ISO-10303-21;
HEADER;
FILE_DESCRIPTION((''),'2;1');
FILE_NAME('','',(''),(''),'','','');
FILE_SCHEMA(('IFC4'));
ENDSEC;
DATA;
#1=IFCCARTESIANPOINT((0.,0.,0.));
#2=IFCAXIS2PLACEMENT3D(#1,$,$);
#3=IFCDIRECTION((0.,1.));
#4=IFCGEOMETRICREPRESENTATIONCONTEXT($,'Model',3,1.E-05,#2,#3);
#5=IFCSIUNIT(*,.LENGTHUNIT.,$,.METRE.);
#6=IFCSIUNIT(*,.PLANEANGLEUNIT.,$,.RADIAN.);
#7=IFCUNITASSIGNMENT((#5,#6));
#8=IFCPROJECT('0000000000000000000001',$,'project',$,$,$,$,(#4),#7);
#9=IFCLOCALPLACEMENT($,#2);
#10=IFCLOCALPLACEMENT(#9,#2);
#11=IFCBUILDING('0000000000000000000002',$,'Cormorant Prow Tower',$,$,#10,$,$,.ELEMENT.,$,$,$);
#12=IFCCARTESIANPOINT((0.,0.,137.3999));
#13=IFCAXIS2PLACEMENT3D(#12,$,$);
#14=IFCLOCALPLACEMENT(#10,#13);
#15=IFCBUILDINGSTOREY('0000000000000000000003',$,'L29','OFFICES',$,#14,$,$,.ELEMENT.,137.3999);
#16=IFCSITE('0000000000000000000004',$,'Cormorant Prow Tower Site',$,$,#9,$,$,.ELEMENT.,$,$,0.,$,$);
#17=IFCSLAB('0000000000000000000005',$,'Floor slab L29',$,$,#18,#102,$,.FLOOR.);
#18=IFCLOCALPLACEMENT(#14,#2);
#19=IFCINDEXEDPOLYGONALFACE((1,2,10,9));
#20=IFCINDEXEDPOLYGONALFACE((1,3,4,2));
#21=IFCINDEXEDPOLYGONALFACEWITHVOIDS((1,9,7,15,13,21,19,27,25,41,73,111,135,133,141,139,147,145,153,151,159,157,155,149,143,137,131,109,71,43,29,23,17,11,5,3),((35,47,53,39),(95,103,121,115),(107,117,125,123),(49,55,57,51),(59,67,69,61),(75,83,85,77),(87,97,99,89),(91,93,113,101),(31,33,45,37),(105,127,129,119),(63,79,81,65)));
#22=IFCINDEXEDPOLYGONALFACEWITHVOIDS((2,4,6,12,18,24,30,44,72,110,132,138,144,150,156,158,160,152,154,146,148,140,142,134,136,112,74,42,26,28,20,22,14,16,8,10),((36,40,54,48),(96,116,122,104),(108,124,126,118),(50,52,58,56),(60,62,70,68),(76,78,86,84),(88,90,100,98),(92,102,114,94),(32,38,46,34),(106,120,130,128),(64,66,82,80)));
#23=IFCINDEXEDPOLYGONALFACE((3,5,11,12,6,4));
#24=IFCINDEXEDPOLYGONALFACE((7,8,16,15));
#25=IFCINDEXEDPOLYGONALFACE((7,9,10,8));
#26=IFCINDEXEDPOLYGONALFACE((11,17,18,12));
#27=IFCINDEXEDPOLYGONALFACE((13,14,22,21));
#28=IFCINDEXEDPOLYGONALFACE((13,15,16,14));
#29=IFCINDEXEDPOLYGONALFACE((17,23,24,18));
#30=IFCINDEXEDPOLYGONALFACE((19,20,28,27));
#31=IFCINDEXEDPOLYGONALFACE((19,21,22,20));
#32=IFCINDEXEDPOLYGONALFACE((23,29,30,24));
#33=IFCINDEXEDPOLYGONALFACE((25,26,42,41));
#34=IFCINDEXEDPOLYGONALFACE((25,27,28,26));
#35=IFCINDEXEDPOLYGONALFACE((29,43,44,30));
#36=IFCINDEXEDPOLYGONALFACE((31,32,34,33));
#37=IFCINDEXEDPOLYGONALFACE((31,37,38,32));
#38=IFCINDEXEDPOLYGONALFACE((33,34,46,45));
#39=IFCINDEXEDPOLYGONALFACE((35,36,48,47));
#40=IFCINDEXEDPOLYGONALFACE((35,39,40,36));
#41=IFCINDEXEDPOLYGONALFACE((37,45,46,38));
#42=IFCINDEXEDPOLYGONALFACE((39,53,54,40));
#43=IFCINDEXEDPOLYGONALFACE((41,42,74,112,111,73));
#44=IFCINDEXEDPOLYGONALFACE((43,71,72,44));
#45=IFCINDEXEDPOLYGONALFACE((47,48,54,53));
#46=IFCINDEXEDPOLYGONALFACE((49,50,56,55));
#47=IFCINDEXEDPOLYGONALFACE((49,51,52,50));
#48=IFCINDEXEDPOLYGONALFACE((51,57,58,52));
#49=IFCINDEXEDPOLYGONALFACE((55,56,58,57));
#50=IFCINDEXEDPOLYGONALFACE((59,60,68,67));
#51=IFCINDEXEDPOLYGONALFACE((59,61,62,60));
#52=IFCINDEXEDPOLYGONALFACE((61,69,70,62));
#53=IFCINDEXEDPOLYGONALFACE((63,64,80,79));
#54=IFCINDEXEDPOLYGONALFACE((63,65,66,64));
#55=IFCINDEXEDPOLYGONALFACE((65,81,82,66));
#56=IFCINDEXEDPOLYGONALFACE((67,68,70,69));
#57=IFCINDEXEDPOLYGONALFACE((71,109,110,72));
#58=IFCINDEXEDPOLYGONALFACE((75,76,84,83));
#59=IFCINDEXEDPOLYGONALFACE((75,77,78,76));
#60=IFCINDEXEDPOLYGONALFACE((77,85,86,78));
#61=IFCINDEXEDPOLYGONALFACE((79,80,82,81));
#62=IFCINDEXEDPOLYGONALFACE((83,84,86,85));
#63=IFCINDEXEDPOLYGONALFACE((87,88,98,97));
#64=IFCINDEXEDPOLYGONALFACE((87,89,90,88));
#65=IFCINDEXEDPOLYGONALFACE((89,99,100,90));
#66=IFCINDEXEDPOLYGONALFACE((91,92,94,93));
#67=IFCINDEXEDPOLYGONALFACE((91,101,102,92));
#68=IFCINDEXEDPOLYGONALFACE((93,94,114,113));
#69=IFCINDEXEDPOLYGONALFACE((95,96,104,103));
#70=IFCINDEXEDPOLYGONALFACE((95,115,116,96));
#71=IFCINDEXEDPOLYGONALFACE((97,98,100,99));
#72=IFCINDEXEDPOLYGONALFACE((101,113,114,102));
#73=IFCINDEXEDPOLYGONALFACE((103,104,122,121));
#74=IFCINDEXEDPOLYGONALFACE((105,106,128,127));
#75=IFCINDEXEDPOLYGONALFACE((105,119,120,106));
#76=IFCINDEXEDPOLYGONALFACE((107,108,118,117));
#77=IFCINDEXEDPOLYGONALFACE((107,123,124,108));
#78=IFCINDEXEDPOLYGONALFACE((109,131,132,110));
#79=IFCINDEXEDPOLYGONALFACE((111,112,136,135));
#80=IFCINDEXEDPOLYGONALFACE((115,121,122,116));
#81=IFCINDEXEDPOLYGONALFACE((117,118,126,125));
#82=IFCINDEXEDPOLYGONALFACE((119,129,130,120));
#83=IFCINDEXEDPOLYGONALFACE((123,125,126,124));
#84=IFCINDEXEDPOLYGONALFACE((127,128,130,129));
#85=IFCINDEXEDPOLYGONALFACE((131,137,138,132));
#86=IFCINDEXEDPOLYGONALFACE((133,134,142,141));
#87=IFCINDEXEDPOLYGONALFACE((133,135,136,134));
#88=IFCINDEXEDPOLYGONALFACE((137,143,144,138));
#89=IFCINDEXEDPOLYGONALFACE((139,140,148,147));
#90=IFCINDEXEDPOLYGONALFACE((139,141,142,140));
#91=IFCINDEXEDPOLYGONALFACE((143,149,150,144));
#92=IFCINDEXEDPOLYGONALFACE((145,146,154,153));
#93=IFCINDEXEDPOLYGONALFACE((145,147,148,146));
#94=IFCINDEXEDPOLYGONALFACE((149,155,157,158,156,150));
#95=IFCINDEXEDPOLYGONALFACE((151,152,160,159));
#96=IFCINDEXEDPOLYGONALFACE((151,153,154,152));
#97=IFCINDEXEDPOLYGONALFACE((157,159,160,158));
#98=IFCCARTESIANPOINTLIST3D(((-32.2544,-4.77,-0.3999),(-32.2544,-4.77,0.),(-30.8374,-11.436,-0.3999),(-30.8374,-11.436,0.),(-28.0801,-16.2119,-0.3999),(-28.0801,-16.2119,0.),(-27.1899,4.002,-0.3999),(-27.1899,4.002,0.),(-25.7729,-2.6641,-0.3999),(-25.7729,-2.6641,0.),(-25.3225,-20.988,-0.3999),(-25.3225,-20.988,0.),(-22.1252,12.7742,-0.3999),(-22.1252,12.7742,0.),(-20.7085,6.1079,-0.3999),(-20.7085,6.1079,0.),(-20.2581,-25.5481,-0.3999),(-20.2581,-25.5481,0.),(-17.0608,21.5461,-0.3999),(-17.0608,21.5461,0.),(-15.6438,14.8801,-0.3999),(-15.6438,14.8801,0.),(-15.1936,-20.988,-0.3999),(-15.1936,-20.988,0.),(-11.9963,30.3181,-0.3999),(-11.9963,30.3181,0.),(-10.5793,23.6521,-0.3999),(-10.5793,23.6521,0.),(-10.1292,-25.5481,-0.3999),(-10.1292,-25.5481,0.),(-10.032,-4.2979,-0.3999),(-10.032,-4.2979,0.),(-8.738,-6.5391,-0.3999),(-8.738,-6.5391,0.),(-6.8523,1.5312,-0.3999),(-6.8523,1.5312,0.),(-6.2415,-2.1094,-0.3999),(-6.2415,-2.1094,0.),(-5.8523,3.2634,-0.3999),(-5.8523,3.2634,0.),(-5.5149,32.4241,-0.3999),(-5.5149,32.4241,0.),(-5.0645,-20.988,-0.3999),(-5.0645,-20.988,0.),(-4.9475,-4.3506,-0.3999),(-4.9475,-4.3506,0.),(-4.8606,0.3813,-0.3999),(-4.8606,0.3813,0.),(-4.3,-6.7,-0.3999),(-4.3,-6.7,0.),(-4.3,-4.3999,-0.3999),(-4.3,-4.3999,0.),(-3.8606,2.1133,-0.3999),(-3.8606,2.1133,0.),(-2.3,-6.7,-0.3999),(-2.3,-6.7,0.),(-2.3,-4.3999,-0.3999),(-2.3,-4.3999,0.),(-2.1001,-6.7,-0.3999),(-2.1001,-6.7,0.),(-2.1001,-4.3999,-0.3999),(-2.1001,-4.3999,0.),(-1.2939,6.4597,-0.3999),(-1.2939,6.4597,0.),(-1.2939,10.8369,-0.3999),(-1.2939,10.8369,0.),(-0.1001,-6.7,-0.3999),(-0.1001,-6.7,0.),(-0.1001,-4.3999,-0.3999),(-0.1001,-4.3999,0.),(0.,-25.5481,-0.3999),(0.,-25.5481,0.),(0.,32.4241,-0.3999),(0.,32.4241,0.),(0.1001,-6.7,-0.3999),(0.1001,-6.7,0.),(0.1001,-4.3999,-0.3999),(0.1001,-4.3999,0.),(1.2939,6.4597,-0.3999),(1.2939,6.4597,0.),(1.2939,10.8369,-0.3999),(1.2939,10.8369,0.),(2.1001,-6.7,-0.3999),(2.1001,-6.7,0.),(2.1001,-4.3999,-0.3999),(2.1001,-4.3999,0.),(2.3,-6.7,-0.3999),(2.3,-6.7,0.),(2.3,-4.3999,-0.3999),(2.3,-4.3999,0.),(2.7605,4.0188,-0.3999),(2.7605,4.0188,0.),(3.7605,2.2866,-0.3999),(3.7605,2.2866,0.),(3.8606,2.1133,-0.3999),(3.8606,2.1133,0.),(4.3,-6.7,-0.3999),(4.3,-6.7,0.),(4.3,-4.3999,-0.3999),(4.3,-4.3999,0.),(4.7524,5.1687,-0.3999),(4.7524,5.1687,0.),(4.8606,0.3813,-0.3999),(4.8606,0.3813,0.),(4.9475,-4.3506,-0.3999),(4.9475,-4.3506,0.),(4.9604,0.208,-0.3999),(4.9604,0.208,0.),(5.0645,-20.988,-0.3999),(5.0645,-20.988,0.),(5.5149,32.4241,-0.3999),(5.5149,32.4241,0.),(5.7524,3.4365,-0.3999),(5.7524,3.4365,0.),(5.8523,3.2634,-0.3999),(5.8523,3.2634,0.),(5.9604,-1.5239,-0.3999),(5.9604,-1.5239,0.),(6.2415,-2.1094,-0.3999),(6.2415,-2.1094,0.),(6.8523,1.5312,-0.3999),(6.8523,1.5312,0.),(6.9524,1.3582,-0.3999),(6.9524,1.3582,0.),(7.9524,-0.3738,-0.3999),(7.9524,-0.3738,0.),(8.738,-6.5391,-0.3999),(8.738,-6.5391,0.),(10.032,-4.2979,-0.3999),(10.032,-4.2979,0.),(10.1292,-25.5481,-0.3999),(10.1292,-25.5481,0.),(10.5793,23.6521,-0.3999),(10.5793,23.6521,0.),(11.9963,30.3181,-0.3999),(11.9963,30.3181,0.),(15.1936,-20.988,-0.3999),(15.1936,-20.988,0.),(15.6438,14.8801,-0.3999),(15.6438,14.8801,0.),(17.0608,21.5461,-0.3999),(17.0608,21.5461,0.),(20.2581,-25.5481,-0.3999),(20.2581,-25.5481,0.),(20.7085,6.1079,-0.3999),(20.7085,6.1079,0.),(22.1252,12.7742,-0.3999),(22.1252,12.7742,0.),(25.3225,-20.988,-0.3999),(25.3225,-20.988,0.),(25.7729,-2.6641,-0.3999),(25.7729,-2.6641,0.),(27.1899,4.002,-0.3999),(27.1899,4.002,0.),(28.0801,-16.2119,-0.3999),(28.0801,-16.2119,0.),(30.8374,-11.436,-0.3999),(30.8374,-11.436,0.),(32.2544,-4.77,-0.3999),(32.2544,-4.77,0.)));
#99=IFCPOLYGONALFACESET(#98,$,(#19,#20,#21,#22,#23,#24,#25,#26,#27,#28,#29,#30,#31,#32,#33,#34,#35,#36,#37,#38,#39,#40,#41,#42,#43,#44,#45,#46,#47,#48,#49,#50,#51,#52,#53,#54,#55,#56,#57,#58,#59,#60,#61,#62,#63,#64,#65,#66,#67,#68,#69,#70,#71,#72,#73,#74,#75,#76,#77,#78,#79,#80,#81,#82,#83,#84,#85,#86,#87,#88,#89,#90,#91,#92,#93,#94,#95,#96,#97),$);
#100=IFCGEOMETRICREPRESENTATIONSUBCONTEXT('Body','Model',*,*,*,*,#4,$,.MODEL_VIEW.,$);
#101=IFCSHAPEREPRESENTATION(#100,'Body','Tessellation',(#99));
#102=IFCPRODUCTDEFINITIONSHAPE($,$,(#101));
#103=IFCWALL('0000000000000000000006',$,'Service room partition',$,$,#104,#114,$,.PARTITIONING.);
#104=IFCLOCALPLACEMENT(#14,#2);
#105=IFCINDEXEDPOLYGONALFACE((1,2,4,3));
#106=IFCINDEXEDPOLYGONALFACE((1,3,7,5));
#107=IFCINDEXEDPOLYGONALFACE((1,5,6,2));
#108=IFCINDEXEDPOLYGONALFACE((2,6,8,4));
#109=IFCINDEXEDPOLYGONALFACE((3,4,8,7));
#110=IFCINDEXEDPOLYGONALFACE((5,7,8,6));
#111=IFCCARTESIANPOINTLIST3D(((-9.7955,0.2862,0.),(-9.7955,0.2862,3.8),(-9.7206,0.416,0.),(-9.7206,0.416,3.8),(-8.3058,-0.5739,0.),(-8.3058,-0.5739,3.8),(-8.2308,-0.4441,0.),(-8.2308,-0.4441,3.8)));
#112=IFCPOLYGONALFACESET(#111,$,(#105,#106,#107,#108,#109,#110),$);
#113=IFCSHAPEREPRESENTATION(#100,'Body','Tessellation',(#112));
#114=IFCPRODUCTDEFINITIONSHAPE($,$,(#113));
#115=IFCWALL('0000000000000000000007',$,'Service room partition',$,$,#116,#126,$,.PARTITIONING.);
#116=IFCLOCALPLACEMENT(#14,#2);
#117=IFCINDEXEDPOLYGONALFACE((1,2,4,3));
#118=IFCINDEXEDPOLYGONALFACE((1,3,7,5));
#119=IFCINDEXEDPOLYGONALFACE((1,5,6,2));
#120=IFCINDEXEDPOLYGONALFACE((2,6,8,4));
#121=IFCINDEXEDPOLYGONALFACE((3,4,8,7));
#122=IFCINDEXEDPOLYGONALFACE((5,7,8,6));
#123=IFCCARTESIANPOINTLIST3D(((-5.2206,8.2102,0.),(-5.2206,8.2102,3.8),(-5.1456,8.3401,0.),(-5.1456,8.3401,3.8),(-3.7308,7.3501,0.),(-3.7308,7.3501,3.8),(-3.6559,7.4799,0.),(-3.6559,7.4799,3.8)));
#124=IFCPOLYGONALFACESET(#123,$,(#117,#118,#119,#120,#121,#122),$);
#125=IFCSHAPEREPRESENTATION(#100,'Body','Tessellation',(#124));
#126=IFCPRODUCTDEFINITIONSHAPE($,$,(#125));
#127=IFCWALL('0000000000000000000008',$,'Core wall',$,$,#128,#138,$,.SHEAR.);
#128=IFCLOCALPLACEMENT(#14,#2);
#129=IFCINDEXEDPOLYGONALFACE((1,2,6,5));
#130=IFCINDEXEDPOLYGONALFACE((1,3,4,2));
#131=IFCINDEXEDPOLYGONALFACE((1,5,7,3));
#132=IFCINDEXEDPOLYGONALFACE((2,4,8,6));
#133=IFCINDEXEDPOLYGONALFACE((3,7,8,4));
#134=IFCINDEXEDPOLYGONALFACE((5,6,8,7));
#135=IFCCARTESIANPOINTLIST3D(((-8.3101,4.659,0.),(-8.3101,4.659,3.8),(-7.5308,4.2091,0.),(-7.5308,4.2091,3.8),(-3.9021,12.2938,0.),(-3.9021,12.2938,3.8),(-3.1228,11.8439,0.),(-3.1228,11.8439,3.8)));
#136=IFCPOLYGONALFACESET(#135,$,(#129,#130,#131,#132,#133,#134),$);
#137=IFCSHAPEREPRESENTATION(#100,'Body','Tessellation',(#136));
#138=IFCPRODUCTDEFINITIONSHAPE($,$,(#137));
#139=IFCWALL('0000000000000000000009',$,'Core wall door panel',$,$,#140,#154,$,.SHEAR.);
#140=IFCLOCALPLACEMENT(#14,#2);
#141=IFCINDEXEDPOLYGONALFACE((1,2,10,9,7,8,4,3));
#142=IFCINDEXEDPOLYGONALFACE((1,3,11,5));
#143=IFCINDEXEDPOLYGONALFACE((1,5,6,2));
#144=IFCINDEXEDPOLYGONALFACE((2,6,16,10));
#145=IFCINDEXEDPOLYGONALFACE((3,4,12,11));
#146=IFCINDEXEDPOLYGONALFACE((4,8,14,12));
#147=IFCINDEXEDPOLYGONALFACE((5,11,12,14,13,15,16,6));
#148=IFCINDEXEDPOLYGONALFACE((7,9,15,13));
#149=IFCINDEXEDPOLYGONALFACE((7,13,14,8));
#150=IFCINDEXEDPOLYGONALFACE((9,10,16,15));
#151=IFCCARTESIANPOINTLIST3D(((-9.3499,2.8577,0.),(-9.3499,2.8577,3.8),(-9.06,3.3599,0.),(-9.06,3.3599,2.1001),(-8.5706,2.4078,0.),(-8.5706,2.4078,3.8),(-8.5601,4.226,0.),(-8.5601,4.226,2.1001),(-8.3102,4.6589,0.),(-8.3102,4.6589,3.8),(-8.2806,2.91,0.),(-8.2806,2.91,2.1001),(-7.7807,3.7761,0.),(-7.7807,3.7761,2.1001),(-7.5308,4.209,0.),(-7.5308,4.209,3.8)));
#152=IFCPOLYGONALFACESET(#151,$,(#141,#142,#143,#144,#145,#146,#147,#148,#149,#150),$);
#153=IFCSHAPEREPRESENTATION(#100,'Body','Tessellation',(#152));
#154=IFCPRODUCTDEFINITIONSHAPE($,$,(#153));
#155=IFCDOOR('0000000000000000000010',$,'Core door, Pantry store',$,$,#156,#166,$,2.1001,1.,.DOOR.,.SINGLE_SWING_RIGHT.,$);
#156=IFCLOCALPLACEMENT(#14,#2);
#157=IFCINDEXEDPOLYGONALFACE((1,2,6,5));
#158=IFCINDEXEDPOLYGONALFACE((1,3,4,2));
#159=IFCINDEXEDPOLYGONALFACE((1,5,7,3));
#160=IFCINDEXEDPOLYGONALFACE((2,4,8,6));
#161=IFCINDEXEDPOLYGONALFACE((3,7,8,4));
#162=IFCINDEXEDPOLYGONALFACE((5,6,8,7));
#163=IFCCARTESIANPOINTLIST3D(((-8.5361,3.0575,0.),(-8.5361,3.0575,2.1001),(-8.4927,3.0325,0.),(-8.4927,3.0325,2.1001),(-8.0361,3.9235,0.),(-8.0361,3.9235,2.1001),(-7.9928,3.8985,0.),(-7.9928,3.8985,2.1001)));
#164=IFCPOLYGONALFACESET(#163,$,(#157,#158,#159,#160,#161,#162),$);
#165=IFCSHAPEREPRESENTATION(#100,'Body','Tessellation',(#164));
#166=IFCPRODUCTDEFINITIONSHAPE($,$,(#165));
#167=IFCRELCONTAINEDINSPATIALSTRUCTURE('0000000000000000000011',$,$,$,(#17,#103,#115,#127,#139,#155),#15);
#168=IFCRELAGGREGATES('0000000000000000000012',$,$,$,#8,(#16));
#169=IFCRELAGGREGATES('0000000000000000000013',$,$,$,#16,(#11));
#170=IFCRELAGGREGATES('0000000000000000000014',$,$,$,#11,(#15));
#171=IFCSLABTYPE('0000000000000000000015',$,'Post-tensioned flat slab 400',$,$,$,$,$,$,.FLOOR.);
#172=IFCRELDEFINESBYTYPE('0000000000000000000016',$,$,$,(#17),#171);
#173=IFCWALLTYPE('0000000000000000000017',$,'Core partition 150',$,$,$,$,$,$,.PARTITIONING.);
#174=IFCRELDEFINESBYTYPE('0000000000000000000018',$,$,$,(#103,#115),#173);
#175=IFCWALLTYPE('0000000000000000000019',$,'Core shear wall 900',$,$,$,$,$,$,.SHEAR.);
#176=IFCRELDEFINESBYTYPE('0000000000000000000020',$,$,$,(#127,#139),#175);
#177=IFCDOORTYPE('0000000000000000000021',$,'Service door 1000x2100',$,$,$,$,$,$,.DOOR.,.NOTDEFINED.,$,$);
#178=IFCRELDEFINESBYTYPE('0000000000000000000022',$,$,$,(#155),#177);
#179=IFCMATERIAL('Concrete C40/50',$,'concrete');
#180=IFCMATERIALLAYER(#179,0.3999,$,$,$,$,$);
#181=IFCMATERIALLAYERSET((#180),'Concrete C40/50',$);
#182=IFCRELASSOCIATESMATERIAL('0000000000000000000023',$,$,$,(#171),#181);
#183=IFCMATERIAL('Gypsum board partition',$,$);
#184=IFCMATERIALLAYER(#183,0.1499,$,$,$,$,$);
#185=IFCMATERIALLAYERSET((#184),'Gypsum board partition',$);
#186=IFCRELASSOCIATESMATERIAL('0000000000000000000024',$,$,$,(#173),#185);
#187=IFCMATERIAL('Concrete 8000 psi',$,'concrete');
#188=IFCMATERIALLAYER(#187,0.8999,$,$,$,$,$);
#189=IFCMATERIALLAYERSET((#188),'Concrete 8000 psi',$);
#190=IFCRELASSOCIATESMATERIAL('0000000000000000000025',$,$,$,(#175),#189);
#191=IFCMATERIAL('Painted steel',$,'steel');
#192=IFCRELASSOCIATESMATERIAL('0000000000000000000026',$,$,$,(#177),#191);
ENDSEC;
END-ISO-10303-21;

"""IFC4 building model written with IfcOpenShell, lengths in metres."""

from ifc_helpers import new_model, si_unit, direction, frame, frame_2d, origin, place, context, subcontext, project, spatial, polyline, rectangle, outline, extrude, material, layer, layer_set, type_object, element, fill, save


model = new_model("IFC4")

# Units and contexts
model_context = context("Model", 3, precision=1e-05, world=origin(), true_north=direction((0.0, 1.0)))
body_context = subcontext(model_context, "Body", "Model", "MODEL_VIEW")
ifc_project = project(units=[si_unit("LENGTHUNIT", "METRE"), si_unit("PLANEANGLEUNIT", "RADIAN")], contexts=[model_context])

# Site, building, storey
site_placement = place(None, origin())
site = spatial("IfcSite", under=ifc_project, at=site_placement, Name="Cormorant Prow Tower Site", CompositionType="ELEMENT", RefElevation=0.0)
building_placement = place(site_placement, origin())
building = spatial("IfcBuilding", under=site, at=building_placement, Name="Cormorant Prow Tower", CompositionType="ELEMENT")
storey_placement = place(building_placement, frame((0.0, 0.0, 137.3999)))
storey = spatial("IfcBuildingStorey", under=building, at=storey_placement, Name="L29", Description="OFFICES", CompositionType="ELEMENT", Elevation=137.3999)

# Slab
ifc_material_1 = material(Name="Concrete C40/50", Category="concrete")
ifc_layer_1 = layer(ifc_material_1, 0.3999)
ifc_layer_set_1 = layer_set([ifc_layer_1], Name="Concrete C40/50")
slab_type_1 = type_object("IfcSlabType", Name="Post-tensioned flat slab 400", PredefinedType="FLOOR", material=ifc_layer_set_1)
slab_1_placement = place(storey_placement, frame((0.0, 0.0, -0.3999)))
element("IfcSlab", 1, at=slab_1_placement, inside=storey, type_object=slab_type_1, Name="Floor slab L29", PredefinedType="FLOOR", context=body_context, shape_type="SweptSolid", body=[
    extrude(outline(polyline([(-11.9963, 30.3181), (-10.5793, 23.6521), (-17.0608, 21.5461), (-15.6438, 14.8801), (-22.1252, 12.7742), (-20.7085, 6.1079), (-27.1899, 4.002), (-25.7729, -2.6641), (-32.2544, -4.77), (-30.8374, -11.436), (-28.0801, -16.2119), (-25.3225, -20.988), (-20.2581, -25.5481), (-15.1936, -20.988), (-10.1292, -25.5481), (-5.0645, -20.988), (0.0, -25.5481), (5.0645, -20.988), (10.1292, -25.5481), (15.1936, -20.988), (20.2581, -25.5481), (25.3225, -20.988), (28.0801, -16.2119), (30.8374, -11.436), (32.2544, -4.77), (25.7729, -2.6641), (27.1899, 4.002), (20.7085, 6.1079), (22.1252, 12.7742), (15.6438, 14.8801), (17.0608, 21.5461), (10.5793, 23.6521), (11.9963, 30.3181), (5.5149, 32.4241), (0.0, 32.4241), (-5.5149, 32.4241), (-11.9963, 30.3181)]), holes=[polyline([(-4.3, -6.7), (-4.3, -4.3999), (-2.3, -4.3999), (-2.3, -6.7), (-4.3, -6.7)]), polyline([(-2.1001, -4.3999), (-0.1001, -4.3999), (-0.1001, -6.7), (-2.1001, -6.7), (-2.1001, -4.3999)]), polyline([(2.1001, -4.3999), (2.1001, -6.7), (0.1001, -6.7), (0.1001, -4.3999), (2.1001, -4.3999)]), polyline([(4.3, -6.7), (2.3, -6.7), (2.3, -4.3999), (4.3, -4.3999), (4.3, -6.7)]), polyline([(7.9524, -0.3738), (5.9604, -1.5239), (4.9604, 0.208), (6.9524, 1.3582), (7.9524, -0.3738)]), polyline([(4.8606, 0.3813), (3.8606, 2.1133), (5.8523, 3.2634), (6.8523, 1.5312), (4.8606, 0.3813)]), polyline([(2.7605, 4.0188), (4.7524, 5.1687), (5.7524, 3.4365), (3.7605, 2.2866), (2.7605, 4.0188)]), polyline([(-6.8523, 1.5312), (-5.8523, 3.2634), (-3.8606, 2.1133), (-4.8606, 0.3813), (-6.8523, 1.5312)]), polyline([(-4.9475, -4.3506), (-8.738, -6.5391), (-10.032, -4.2979), (-6.2415, -2.1094), (-4.9475, -4.3506)]), polyline([(10.032, -4.2979), (8.738, -6.5391), (4.9475, -4.3506), (6.2415, -2.1094), (10.032, -4.2979)]), polyline([(1.2939, 10.8369), (1.2939, 6.4597), (-1.2939, 6.4597), (-1.2939, 10.8369), (1.2939, 10.8369)])]), origin(), (0.0, 0.0, 1.0), 0.3999),
])

# Walls
ifc_material_2 = material(Name="Gypsum board partition")
ifc_layer_2 = layer(ifc_material_2, 0.1499)
ifc_layer_set_2 = layer_set([ifc_layer_2], Name="Gypsum board partition")
wall_type_1 = type_object("IfcWallType", Name="Core partition 150", PredefinedType="PARTITIONING", material=ifc_layer_set_2)
for number, where, z_axis, x_axis, name in (
    (2, (-8.2683, -0.509, 0.0), (0.0, 0.0, 1.0), (-0.866025, 0.500001, 0.0), "Service room partition"),
    (3, (-3.6934, 7.415, 0.0), (0.0, 0.0, 1.0), (-0.866025, 0.500001, 0.0), "Service room partition"),
):
    element("IfcWall", number, at=place(storey_placement, frame(where, z_axis=z_axis, x_axis=x_axis)), inside=storey, type_object=wall_type_1, Name=name, PredefinedType="PARTITIONING", context=body_context, shape_type="SweptSolid", body=[
        extrude(rectangle(XDim=1.7202, YDim=0.1499, at=frame_2d((0.8601, 0.0))), origin(), (0.0, 0.0, 1.0), 3.8),
    ])
ifc_material_3 = material(Name="Concrete 8000 psi", Category="concrete")
ifc_layer_3 = layer(ifc_material_3, 0.8999)
ifc_layer_set_3 = layer_set([ifc_layer_3], Name="Concrete 8000 psi")
wall_type_2 = type_object("IfcWallType", Name="Core shear wall 900", PredefinedType="SHEAR", material=ifc_layer_set_3)
wall_1_placement = place(storey_placement, frame((-3.5125, 12.0688, 0.0), z_axis=(0.0, 0.0, 1.0), x_axis=(-0.500002, -0.866024, 0.0)))
element("IfcWall", 4, at=wall_1_placement, inside=storey, type_object=wall_type_2, Name="Core wall", PredefinedType="SHEAR", context=body_context, shape_type="SweptSolid", body=[
    extrude(rectangle(XDim=8.8159, YDim=0.8999, at=frame_2d((4.408, 0.0))), origin(), (0.0, 0.0, 1.0), 3.8),
])

# Wall, opening, door
wall_2_placement = place(storey_placement, frame((-7.9204, 4.4341, 0.0), z_axis=(0.0, 0.0, 1.0), x_axis=(-0.499939, -0.86606, 0.0)))
wall_2 = element("IfcWall", 5, at=wall_2_placement, inside=storey, type_object=wall_type_2, Name="Core wall door panel", PredefinedType="SHEAR", context=body_context, shape_type="SweptSolid", body=[
    extrude(rectangle(XDim=2.0798, YDim=0.8999, at=frame_2d((1.04, 0.0))), origin(), (0.0, 0.0, 1.0), 3.8),
])
opening_1_placement = place(wall_2_placement, frame((0.5, 0.0, 0.0)))
opening_1 = element("IfcOpeningElement", 6, at=opening_1_placement, cuts=wall_2, PredefinedType="OPENING", context=body_context, shape_type="SweptSolid", body=[
    extrude(rectangle(XDim=1.0, YDim=2.1001, at=frame_2d((0.5, 1.05))), frame((0.0, 0.46, 0.0), z_axis=(0.0, -1.0, 0.0), x_axis=(1.0, 0.0, 0.0)), (0.0, 0.0, 1.0), 0.9199),
])
ifc_material_4 = material(Name="Painted steel", Category="steel")
door_type_1 = type_object("IfcDoorType", Name="Service door 1000x2100", OperationType="NOTDEFINED", PredefinedType="DOOR", material=ifc_material_4)
door_1_placement = place(opening_1_placement, origin())
door_1 = element("IfcDoor", 7, at=door_1_placement, inside=storey, type_object=door_type_1, Name="Core door, Pantry store", OperationType="SINGLE_SWING_RIGHT", OverallHeight=2.1001, OverallWidth=1.0, PredefinedType="DOOR", context=body_context, shape_type="SweptSolid", body=[
    extrude(rectangle(XDim=1.0, YDim=2.1001, at=frame_2d((0.5, 1.05))), frame((0.0, 0.2051, 0.0), z_axis=(0.0, -1.0, 0.0), x_axis=(1.0, 0.0, 0.0)), (0.0, 0.0, 1.0), 0.05),
])
fill(opening_1, door_1)

save(model, "model.ifc")
